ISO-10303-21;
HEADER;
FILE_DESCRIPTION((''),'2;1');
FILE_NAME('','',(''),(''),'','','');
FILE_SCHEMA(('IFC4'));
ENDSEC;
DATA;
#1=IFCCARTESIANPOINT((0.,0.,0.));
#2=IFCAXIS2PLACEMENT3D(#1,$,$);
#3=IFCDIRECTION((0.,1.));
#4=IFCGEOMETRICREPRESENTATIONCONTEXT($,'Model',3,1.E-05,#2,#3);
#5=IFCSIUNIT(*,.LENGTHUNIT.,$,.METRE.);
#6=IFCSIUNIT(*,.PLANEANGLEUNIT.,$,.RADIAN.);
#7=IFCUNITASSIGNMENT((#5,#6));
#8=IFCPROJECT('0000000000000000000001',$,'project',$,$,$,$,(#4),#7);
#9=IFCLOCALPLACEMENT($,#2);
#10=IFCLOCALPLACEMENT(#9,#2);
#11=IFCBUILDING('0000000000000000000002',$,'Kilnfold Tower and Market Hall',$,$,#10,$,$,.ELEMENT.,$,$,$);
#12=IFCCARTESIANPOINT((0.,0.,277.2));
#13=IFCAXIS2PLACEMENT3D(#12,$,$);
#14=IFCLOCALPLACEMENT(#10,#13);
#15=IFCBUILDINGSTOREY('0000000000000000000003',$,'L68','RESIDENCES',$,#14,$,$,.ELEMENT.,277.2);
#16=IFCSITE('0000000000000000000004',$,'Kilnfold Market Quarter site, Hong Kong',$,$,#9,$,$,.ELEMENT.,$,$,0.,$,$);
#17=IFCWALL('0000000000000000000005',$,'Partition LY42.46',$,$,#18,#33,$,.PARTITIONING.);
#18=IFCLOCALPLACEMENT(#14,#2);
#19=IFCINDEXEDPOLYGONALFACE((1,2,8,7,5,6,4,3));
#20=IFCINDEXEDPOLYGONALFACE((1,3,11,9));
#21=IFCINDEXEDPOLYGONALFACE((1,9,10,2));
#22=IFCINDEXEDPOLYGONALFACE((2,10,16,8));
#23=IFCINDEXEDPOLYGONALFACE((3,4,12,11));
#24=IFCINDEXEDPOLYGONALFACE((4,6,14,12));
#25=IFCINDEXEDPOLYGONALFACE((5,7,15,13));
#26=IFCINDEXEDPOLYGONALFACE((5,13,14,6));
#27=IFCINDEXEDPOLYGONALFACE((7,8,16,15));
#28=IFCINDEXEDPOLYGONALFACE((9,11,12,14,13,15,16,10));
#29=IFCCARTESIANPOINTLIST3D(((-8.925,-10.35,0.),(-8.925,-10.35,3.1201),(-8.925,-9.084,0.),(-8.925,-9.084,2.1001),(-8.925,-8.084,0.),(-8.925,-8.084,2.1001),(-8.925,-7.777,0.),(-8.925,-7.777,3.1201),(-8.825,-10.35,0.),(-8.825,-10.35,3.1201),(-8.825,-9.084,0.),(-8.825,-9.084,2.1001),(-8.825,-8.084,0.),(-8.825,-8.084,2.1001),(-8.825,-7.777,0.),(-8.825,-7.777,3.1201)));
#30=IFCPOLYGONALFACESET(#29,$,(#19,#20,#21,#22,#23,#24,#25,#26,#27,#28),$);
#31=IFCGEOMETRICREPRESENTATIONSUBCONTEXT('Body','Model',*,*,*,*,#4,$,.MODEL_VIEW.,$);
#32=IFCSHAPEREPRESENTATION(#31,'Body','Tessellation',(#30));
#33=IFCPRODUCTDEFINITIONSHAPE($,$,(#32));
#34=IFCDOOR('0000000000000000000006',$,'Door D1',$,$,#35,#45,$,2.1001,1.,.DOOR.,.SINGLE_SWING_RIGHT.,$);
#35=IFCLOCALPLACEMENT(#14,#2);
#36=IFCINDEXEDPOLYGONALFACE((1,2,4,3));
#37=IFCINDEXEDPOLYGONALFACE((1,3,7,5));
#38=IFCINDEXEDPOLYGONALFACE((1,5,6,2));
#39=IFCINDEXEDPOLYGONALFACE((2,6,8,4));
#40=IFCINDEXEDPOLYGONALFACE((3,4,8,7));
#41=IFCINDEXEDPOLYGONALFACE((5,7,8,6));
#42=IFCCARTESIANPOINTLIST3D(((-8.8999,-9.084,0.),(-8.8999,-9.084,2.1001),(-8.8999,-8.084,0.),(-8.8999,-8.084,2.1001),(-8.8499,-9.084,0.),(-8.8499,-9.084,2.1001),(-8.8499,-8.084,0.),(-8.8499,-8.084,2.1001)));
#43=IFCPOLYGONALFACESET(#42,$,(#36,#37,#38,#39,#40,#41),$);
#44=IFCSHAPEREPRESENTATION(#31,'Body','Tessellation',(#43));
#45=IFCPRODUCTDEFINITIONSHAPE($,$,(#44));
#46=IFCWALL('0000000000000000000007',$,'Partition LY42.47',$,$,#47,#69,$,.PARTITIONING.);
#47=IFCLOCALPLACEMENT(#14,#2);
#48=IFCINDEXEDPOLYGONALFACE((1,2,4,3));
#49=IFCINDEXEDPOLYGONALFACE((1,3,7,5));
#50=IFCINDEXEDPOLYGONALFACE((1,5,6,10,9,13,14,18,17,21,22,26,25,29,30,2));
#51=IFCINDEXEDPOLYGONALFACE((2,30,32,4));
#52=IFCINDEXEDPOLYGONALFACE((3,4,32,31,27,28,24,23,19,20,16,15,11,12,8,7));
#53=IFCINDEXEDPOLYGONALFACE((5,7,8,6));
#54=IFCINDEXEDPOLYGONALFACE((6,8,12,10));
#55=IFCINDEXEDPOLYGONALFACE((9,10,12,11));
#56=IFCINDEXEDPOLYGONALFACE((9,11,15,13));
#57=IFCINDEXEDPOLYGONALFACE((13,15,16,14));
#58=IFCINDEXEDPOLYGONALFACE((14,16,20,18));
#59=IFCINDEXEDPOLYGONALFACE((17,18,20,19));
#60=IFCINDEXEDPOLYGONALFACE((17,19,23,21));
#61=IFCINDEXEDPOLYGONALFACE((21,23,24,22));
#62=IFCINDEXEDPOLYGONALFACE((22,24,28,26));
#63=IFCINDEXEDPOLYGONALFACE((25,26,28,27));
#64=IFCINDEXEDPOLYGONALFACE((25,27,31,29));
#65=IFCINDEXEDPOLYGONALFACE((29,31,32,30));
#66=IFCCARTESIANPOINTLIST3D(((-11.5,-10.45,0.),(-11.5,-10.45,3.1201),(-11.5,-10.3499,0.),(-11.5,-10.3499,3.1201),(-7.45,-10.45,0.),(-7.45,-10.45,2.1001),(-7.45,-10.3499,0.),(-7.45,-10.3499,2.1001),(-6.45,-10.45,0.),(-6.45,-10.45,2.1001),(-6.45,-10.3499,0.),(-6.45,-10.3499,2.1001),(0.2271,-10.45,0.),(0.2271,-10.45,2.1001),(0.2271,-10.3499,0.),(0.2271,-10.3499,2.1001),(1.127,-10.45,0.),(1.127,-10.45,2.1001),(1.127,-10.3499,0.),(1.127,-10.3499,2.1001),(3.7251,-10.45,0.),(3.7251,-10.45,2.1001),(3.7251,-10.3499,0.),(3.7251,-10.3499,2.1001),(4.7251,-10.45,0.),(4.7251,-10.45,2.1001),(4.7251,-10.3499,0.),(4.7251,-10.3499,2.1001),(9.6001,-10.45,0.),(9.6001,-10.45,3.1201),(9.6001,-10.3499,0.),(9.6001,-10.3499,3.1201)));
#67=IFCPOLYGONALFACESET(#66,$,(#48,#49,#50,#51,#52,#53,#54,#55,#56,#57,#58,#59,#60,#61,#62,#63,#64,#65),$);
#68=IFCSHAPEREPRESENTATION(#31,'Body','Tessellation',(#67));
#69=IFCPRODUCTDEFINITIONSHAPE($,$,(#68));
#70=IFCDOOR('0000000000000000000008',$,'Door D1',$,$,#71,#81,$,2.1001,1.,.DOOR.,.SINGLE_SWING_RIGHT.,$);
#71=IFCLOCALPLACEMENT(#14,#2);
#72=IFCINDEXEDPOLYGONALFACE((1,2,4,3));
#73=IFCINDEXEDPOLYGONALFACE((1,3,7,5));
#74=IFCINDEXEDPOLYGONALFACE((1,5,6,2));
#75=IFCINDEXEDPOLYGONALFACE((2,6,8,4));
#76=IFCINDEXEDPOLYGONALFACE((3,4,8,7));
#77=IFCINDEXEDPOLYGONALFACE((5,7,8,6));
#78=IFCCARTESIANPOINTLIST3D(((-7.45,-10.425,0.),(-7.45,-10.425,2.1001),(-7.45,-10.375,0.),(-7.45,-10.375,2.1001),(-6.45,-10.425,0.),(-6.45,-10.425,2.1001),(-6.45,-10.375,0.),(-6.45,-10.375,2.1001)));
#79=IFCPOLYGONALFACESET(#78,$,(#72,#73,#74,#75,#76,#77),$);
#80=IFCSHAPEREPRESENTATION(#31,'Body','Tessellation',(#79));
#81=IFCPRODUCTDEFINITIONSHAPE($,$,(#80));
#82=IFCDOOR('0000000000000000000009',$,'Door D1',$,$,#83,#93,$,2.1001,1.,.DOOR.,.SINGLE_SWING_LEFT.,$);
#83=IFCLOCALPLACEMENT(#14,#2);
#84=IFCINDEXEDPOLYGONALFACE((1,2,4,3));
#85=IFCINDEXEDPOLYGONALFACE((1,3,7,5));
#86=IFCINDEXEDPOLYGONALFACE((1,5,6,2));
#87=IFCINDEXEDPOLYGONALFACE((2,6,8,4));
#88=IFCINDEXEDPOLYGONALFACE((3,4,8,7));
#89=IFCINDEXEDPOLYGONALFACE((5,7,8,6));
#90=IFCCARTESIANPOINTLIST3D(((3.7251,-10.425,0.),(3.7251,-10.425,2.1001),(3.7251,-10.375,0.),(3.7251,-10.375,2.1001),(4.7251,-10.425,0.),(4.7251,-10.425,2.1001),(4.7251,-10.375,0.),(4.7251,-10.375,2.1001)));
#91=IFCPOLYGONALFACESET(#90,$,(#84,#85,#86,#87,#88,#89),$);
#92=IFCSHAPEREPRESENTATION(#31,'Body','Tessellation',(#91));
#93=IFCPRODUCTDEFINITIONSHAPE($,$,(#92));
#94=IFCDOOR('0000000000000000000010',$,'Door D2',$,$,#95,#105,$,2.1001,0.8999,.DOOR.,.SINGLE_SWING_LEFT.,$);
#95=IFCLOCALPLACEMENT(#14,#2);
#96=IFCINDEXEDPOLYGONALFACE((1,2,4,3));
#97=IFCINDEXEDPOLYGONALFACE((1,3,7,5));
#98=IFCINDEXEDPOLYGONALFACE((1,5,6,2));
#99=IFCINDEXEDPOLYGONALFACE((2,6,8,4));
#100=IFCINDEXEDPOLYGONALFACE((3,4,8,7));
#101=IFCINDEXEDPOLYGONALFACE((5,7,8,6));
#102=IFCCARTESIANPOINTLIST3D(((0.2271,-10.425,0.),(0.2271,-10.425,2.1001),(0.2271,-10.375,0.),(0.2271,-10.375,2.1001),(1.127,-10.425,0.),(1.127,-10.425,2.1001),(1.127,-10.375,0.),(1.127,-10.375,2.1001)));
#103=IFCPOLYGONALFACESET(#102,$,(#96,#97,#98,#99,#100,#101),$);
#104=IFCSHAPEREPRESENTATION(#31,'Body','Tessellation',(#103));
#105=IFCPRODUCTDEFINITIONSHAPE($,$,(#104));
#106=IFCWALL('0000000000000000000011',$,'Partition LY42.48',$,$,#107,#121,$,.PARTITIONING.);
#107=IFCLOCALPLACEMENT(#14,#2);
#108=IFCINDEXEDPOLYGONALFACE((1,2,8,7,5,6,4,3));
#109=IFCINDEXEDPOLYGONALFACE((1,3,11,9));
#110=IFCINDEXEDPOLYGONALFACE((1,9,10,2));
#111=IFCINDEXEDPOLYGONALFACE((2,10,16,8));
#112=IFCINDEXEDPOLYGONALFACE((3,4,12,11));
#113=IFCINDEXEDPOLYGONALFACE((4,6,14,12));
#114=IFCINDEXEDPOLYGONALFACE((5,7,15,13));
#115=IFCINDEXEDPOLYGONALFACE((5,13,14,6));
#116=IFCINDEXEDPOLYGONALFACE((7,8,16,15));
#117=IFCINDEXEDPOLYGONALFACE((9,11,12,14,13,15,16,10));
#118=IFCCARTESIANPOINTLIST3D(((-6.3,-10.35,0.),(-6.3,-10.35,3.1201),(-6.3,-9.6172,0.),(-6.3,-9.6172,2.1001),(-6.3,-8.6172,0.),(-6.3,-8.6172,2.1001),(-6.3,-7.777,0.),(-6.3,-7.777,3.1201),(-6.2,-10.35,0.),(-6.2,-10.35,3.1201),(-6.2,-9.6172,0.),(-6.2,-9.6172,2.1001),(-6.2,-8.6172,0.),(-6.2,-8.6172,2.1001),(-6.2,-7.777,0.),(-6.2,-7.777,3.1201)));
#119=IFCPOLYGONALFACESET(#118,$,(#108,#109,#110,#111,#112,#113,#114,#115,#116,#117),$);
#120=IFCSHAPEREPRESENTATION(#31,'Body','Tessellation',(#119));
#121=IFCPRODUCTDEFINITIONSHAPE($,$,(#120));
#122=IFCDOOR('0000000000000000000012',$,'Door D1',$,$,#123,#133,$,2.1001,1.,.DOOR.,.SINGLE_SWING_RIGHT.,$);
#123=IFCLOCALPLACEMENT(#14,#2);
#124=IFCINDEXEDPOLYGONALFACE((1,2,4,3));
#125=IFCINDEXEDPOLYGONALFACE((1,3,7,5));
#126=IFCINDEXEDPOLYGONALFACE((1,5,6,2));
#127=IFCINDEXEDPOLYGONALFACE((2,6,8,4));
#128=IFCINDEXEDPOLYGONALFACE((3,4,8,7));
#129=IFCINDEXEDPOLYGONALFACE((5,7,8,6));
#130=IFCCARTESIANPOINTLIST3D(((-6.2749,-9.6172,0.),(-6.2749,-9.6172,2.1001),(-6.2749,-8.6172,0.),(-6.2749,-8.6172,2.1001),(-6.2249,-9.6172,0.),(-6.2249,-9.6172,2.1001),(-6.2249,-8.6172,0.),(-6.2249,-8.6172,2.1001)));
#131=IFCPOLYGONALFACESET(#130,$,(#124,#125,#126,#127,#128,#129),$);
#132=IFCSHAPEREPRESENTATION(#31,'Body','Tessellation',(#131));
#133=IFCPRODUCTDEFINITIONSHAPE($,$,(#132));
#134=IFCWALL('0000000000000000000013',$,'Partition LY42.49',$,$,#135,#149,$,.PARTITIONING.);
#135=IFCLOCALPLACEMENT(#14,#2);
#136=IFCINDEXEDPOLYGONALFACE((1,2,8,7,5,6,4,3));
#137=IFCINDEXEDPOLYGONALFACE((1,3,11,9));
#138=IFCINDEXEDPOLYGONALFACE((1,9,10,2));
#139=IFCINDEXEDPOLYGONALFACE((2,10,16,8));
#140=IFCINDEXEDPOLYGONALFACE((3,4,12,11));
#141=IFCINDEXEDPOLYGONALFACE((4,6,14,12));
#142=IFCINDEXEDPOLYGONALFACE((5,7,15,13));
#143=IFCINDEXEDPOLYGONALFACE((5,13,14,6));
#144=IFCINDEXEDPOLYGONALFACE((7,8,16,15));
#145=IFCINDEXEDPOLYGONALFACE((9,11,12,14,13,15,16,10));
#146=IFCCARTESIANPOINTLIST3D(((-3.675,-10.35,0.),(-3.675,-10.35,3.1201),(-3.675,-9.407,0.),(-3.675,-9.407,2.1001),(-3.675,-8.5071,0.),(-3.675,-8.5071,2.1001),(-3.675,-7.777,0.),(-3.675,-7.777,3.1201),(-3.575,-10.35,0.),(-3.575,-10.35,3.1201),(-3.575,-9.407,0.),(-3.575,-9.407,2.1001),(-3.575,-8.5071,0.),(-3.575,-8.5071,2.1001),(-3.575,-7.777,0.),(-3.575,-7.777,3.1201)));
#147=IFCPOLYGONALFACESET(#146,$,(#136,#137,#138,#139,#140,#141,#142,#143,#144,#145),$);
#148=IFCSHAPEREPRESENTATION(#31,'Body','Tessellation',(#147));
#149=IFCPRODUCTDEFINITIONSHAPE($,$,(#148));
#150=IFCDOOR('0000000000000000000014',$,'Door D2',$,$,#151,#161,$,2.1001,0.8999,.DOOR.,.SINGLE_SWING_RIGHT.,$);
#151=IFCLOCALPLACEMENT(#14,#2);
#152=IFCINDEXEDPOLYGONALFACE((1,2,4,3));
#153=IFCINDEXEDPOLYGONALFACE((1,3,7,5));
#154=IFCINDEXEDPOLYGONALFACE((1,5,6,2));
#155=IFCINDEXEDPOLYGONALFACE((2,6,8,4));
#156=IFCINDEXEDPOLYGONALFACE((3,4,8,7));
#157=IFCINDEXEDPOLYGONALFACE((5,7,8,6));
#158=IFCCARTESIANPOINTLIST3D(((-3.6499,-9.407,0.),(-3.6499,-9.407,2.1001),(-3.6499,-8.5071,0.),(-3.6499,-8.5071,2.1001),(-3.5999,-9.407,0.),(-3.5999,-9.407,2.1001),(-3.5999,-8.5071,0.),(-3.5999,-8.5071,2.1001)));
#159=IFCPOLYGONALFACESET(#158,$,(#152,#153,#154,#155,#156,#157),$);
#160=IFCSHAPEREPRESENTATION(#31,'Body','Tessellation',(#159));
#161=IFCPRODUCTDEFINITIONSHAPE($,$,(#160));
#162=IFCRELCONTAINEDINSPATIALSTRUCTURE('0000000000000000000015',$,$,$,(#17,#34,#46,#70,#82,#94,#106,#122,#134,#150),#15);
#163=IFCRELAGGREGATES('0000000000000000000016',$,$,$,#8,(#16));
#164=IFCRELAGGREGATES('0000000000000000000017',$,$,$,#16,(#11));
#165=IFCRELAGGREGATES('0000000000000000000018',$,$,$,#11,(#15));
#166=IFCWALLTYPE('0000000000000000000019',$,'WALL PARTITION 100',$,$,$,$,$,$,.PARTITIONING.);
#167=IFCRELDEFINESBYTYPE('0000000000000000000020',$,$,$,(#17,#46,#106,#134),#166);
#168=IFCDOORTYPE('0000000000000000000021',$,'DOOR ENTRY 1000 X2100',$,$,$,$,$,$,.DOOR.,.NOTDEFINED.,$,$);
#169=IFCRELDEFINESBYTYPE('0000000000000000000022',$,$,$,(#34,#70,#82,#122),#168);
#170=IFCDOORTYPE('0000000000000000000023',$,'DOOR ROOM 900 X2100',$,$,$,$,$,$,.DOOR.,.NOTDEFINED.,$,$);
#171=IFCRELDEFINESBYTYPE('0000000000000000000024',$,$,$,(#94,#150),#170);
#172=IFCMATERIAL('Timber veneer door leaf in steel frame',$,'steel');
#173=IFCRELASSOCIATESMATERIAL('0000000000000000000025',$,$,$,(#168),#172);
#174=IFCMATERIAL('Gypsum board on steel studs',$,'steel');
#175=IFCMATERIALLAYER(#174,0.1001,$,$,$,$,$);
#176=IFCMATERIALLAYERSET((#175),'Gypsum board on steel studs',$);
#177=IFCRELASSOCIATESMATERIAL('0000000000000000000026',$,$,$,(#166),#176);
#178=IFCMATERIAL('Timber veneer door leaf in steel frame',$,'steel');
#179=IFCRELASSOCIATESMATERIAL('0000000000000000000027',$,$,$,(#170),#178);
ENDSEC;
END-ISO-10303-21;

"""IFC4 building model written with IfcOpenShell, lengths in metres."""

from ifc_helpers import new_model, si_unit, direction, frame, frame_2d, origin, place, context, subcontext, project, spatial, rectangle, extrude, material, layer, layer_set, type_object, element, fill, save


model = new_model("IFC4")

# Units and contexts
model_context = context("Model", 3, precision=1e-05, world=origin(), true_north=direction((0.0, 1.0)))
body_context = subcontext(model_context, "Body", "Model", "MODEL_VIEW")
ifc_project = project(units=[si_unit("LENGTHUNIT", "METRE"), si_unit("PLANEANGLEUNIT", "RADIAN")], contexts=[model_context])

# Site, building, storey
site_placement = place(None, origin())
site = spatial("IfcSite", under=ifc_project, at=site_placement, Name="Kilnfold Market Quarter site, Hong Kong", CompositionType="ELEMENT", RefElevation=0.0)
building_placement = place(site_placement, origin())
building = spatial("IfcBuilding", under=site, at=building_placement, Name="Kilnfold Tower and Market Hall", CompositionType="ELEMENT")
storey_placement = place(building_placement, frame((0.0, 0.0, 277.2)))
storey = spatial("IfcBuildingStorey", under=building, at=storey_placement, Name="L68", Description="RESIDENCES", CompositionType="ELEMENT", Elevation=277.2)

# Shared definitions
ifc_material_1 = material(Name="Timber veneer door leaf in steel frame", Category="steel")
door_type_1 = type_object("IfcDoorType", Name="DOOR ENTRY 1000 X2100", OperationType="NOTDEFINED", PredefinedType="DOOR", material=ifc_material_1)

# Wall, opening, door
ifc_material_2 = material(Name="Gypsum board on steel studs", Category="steel")
ifc_layer_1 = layer(ifc_material_2, 0.1001)
ifc_layer_set_1 = layer_set([ifc_layer_1], Name="Gypsum board on steel studs")
wall_type_1 = type_object("IfcWallType", Name="WALL PARTITION 100", PredefinedType="PARTITIONING", material=ifc_layer_set_1)
wall_1_placement = place(storey_placement, frame((-8.875, -10.3501, 0.0), z_axis=(0.0, 0.0, 1.0), x_axis=(0.0, 1.0, 0.0)))
wall_1 = element("IfcWall", 1, at=wall_1_placement, inside=storey, type_object=wall_type_1, Name="Partition LY42.46", PredefinedType="PARTITIONING", context=body_context, shape_type="SweptSolid", body=[
    extrude(rectangle(XDim=2.573, YDim=0.1001, at=frame_2d((1.2866, 0.0))), origin(), (0.0, 0.0, 1.0), 3.1201),
])
opening_1_placement = place(wall_1_placement, frame((1.2661, 0.0, 0.0)))
opening_1 = element("IfcOpeningElement", 2, at=opening_1_placement, cuts=wall_1, PredefinedType="OPENING", context=body_context, shape_type="SweptSolid", body=[
    extrude(rectangle(XDim=1.0, YDim=2.1001, at=frame_2d((0.5, 1.05))), frame((0.0, 0.0601, 0.0), z_axis=(0.0, -1.0, 0.0), x_axis=(1.0, 0.0, 0.0)), (0.0, 0.0, 1.0), 0.1201),
])
door_1_placement = place(opening_1_placement, origin())
door_1 = element("IfcDoor", 3, at=door_1_placement, inside=storey, type_object=door_type_1, Name="Door D1", OperationType="SINGLE_SWING_RIGHT", OverallHeight=2.1001, OverallWidth=1.0, PredefinedType="DOOR", context=body_context, shape_type="SweptSolid", body=[
    extrude(rectangle(XDim=1.0, YDim=2.1001, at=frame_2d((0.5, 1.05))), frame((0.0, 0.0249, 0.0), z_axis=(0.0, -1.0, 0.0), x_axis=(1.0, 0.0, 0.0)), (0.0, 0.0, 1.0), 0.05),
])
fill(opening_1, door_1)

# Wall, openings, doors
wall_2_placement = place(storey_placement, frame((-11.5, -10.3999, 0.0), z_axis=(0.0, 0.0, 1.0), x_axis=(1.0, 0.0, 0.0)))
wall_2 = element("IfcWall", 4, at=wall_2_placement, inside=storey, type_object=wall_type_1, Name="Partition LY42.47", PredefinedType="PARTITIONING", context=body_context, shape_type="SweptSolid", body=[
    extrude(rectangle(XDim=21.1001, YDim=0.1001, at=frame_2d((10.55, 0.0))), origin(), (0.0, 0.0, 1.0), 3.1201),
])
opening_2_placement = place(wall_2_placement, frame((4.05, 0.0, 0.0)))
opening_2 = element("IfcOpeningElement", 5, at=opening_2_placement, cuts=wall_2, PredefinedType="OPENING", context=body_context, shape_type="SweptSolid", body=[
    extrude(rectangle(XDim=1.0, YDim=2.1001, at=frame_2d((0.5, 1.05))), frame((0.0, 0.0601, 0.0), z_axis=(0.0, -1.0, 0.0), x_axis=(1.0, 0.0, 0.0)), (0.0, 0.0, 1.0), 0.1201),
])
opening_3_placement = place(wall_2_placement, frame((11.7271, 0.0, 0.0)))
opening_3 = element("IfcOpeningElement", 6, at=opening_3_placement, cuts=wall_2, PredefinedType="OPENING", context=body_context, shape_type="SweptSolid", body=[
    extrude(rectangle(XDim=0.8999, YDim=2.1001, at=frame_2d((0.45, 1.05))), frame((0.0, 0.0601, 0.0), z_axis=(0.0, -1.0, 0.0), x_axis=(1.0, 0.0, 0.0)), (0.0, 0.0, 1.0), 0.1201),
])
opening_4_placement = place(wall_2_placement, frame((15.2251, 0.0, 0.0)))
opening_4 = element("IfcOpeningElement", 7, at=opening_4_placement, cuts=wall_2, PredefinedType="OPENING", context=body_context, shape_type="SweptSolid", body=[
    extrude(rectangle(XDim=1.0, YDim=2.1001, at=frame_2d((0.5, 1.05))), frame((0.0, 0.0601, 0.0), z_axis=(0.0, -1.0, 0.0), x_axis=(1.0, 0.0, 0.0)), (0.0, 0.0, 1.0), 0.1201),
])
door_2_placement = place(opening_2_placement, origin())
door_2 = element("IfcDoor", 8, at=door_2_placement, inside=storey, type_object=door_type_1, Name="Door D1", OperationType="SINGLE_SWING_RIGHT", OverallHeight=2.1001, OverallWidth=1.0, PredefinedType="DOOR", context=body_context, shape_type="SweptSolid", body=[
    extrude(rectangle(XDim=1.0, YDim=2.1001, at=frame_2d((0.5, 1.05))), frame((0.0, 0.0249, 0.0), z_axis=(0.0, -1.0, 0.0), x_axis=(1.0, 0.0, 0.0)), (0.0, 0.0, 1.0), 0.05),
])
fill(opening_2, door_2)
door_3_placement = place(opening_4_placement, origin())
door_3 = element("IfcDoor", 9, at=door_3_placement, inside=storey, type_object=door_type_1, Name="Door D1", OperationType="SINGLE_SWING_LEFT", OverallHeight=2.1001, OverallWidth=1.0, PredefinedType="DOOR", context=body_context, shape_type="SweptSolid", body=[
    extrude(rectangle(XDim=1.0, YDim=2.1001, at=frame_2d((0.5, 1.05))), frame((0.0, 0.0249, 0.0), z_axis=(0.0, -1.0, 0.0), x_axis=(1.0, 0.0, 0.0)), (0.0, 0.0, 1.0), 0.05),
])
fill(opening_4, door_3)
ifc_material_3 = material(Name="Timber veneer door leaf in steel frame", Category="steel")
door_type_2 = type_object("IfcDoorType", Name="DOOR ROOM 900 X2100", OperationType="NOTDEFINED", PredefinedType="DOOR", material=ifc_material_3)
door_4_placement = place(opening_3_placement, origin())
door_4 = element("IfcDoor", 10, at=door_4_placement, inside=storey, type_object=door_type_2, Name="Door D2", OperationType="SINGLE_SWING_LEFT", OverallHeight=2.1001, OverallWidth=0.8999, PredefinedType="DOOR", context=body_context, shape_type="SweptSolid", body=[
    extrude(rectangle(XDim=0.8999, YDim=2.1001, at=frame_2d((0.45, 1.05))), frame((0.0, 0.0249, 0.0), z_axis=(0.0, -1.0, 0.0), x_axis=(1.0, 0.0, 0.0)), (0.0, 0.0, 1.0), 0.05),
])
fill(opening_3, door_4)

# Walls, openings, doors
wall_3_placement = place(storey_placement, frame((-6.25, -10.3501, 0.0), z_axis=(0.0, 0.0, 1.0), x_axis=(0.0, 1.0, 0.0)))
wall_3 = element("IfcWall", 11, at=wall_3_placement, inside=storey, type_object=wall_type_1, Name="Partition LY42.48", PredefinedType="PARTITIONING", context=body_context, shape_type="SweptSolid", body=[
    extrude(rectangle(XDim=2.573, YDim=0.1001, at=frame_2d((1.2866, 0.0))), origin(), (0.0, 0.0, 1.0), 3.1201),
])
opening_5_placement = place(wall_3_placement, frame((0.7329, 0.0, 0.0)))
opening_5 = element("IfcOpeningElement", 12, at=opening_5_placement, cuts=wall_3, PredefinedType="OPENING", context=body_context, shape_type="SweptSolid", body=[
    extrude(rectangle(XDim=1.0, YDim=2.1001, at=frame_2d((0.5, 1.05))), frame((0.0, 0.0601, 0.0), z_axis=(0.0, -1.0, 0.0), x_axis=(1.0, 0.0, 0.0)), (0.0, 0.0, 1.0), 0.1201),
])
door_5_placement = place(opening_5_placement, origin())
door_5 = element("IfcDoor", 13, at=door_5_placement, inside=storey, type_object=door_type_1, Name="Door D1", OperationType="SINGLE_SWING_RIGHT", OverallHeight=2.1001, OverallWidth=1.0, PredefinedType="DOOR", context=body_context, shape_type="SweptSolid", body=[
    extrude(rectangle(XDim=1.0, YDim=2.1001, at=frame_2d((0.5, 1.05))), frame((0.0, 0.0249, 0.0), z_axis=(0.0, -1.0, 0.0), x_axis=(1.0, 0.0, 0.0)), (0.0, 0.0, 1.0), 0.05),
])
fill(opening_5, door_5)
wall_4_placement = place(storey_placement, frame((-3.625, -10.3501, 0.0), z_axis=(0.0, 0.0, 1.0), x_axis=(0.0, 1.0, 0.0)))
wall_4 = element("IfcWall", 14, at=wall_4_placement, inside=storey, type_object=wall_type_1, Name="Partition LY42.49", PredefinedType="PARTITIONING", context=body_context, shape_type="SweptSolid", body=[
    extrude(rectangle(XDim=2.573, YDim=0.1001, at=frame_2d((1.2866, 0.0))), origin(), (0.0, 0.0, 1.0), 3.1201),
])
opening_6_placement = place(wall_4_placement, frame((0.9431, 0.0, 0.0)))
opening_6 = element("IfcOpeningElement", 15, at=opening_6_placement, cuts=wall_4, PredefinedType="OPENING", context=body_context, shape_type="SweptSolid", body=[
    extrude(rectangle(XDim=0.8999, YDim=2.1001, at=frame_2d((0.45, 1.05))), frame((0.0, 0.0601, 0.0), z_axis=(0.0, -1.0, 0.0), x_axis=(1.0, 0.0, 0.0)), (0.0, 0.0, 1.0), 0.1201),
])
door_6_placement = place(opening_6_placement, origin())
door_6 = element("IfcDoor", 16, at=door_6_placement, inside=storey, type_object=door_type_2, Name="Door D2", OperationType="SINGLE_SWING_RIGHT", OverallHeight=2.1001, OverallWidth=0.8999, PredefinedType="DOOR", context=body_context, shape_type="SweptSolid", body=[
    extrude(rectangle(XDim=0.8999, YDim=2.1001, at=frame_2d((0.45, 1.05))), frame((0.0, 0.0249, 0.0), z_axis=(0.0, -1.0, 0.0), x_axis=(1.0, 0.0, 0.0)), (0.0, 0.0, 1.0), 0.05),
])
fill(opening_6, door_6)

save(model, "model.ifc")
